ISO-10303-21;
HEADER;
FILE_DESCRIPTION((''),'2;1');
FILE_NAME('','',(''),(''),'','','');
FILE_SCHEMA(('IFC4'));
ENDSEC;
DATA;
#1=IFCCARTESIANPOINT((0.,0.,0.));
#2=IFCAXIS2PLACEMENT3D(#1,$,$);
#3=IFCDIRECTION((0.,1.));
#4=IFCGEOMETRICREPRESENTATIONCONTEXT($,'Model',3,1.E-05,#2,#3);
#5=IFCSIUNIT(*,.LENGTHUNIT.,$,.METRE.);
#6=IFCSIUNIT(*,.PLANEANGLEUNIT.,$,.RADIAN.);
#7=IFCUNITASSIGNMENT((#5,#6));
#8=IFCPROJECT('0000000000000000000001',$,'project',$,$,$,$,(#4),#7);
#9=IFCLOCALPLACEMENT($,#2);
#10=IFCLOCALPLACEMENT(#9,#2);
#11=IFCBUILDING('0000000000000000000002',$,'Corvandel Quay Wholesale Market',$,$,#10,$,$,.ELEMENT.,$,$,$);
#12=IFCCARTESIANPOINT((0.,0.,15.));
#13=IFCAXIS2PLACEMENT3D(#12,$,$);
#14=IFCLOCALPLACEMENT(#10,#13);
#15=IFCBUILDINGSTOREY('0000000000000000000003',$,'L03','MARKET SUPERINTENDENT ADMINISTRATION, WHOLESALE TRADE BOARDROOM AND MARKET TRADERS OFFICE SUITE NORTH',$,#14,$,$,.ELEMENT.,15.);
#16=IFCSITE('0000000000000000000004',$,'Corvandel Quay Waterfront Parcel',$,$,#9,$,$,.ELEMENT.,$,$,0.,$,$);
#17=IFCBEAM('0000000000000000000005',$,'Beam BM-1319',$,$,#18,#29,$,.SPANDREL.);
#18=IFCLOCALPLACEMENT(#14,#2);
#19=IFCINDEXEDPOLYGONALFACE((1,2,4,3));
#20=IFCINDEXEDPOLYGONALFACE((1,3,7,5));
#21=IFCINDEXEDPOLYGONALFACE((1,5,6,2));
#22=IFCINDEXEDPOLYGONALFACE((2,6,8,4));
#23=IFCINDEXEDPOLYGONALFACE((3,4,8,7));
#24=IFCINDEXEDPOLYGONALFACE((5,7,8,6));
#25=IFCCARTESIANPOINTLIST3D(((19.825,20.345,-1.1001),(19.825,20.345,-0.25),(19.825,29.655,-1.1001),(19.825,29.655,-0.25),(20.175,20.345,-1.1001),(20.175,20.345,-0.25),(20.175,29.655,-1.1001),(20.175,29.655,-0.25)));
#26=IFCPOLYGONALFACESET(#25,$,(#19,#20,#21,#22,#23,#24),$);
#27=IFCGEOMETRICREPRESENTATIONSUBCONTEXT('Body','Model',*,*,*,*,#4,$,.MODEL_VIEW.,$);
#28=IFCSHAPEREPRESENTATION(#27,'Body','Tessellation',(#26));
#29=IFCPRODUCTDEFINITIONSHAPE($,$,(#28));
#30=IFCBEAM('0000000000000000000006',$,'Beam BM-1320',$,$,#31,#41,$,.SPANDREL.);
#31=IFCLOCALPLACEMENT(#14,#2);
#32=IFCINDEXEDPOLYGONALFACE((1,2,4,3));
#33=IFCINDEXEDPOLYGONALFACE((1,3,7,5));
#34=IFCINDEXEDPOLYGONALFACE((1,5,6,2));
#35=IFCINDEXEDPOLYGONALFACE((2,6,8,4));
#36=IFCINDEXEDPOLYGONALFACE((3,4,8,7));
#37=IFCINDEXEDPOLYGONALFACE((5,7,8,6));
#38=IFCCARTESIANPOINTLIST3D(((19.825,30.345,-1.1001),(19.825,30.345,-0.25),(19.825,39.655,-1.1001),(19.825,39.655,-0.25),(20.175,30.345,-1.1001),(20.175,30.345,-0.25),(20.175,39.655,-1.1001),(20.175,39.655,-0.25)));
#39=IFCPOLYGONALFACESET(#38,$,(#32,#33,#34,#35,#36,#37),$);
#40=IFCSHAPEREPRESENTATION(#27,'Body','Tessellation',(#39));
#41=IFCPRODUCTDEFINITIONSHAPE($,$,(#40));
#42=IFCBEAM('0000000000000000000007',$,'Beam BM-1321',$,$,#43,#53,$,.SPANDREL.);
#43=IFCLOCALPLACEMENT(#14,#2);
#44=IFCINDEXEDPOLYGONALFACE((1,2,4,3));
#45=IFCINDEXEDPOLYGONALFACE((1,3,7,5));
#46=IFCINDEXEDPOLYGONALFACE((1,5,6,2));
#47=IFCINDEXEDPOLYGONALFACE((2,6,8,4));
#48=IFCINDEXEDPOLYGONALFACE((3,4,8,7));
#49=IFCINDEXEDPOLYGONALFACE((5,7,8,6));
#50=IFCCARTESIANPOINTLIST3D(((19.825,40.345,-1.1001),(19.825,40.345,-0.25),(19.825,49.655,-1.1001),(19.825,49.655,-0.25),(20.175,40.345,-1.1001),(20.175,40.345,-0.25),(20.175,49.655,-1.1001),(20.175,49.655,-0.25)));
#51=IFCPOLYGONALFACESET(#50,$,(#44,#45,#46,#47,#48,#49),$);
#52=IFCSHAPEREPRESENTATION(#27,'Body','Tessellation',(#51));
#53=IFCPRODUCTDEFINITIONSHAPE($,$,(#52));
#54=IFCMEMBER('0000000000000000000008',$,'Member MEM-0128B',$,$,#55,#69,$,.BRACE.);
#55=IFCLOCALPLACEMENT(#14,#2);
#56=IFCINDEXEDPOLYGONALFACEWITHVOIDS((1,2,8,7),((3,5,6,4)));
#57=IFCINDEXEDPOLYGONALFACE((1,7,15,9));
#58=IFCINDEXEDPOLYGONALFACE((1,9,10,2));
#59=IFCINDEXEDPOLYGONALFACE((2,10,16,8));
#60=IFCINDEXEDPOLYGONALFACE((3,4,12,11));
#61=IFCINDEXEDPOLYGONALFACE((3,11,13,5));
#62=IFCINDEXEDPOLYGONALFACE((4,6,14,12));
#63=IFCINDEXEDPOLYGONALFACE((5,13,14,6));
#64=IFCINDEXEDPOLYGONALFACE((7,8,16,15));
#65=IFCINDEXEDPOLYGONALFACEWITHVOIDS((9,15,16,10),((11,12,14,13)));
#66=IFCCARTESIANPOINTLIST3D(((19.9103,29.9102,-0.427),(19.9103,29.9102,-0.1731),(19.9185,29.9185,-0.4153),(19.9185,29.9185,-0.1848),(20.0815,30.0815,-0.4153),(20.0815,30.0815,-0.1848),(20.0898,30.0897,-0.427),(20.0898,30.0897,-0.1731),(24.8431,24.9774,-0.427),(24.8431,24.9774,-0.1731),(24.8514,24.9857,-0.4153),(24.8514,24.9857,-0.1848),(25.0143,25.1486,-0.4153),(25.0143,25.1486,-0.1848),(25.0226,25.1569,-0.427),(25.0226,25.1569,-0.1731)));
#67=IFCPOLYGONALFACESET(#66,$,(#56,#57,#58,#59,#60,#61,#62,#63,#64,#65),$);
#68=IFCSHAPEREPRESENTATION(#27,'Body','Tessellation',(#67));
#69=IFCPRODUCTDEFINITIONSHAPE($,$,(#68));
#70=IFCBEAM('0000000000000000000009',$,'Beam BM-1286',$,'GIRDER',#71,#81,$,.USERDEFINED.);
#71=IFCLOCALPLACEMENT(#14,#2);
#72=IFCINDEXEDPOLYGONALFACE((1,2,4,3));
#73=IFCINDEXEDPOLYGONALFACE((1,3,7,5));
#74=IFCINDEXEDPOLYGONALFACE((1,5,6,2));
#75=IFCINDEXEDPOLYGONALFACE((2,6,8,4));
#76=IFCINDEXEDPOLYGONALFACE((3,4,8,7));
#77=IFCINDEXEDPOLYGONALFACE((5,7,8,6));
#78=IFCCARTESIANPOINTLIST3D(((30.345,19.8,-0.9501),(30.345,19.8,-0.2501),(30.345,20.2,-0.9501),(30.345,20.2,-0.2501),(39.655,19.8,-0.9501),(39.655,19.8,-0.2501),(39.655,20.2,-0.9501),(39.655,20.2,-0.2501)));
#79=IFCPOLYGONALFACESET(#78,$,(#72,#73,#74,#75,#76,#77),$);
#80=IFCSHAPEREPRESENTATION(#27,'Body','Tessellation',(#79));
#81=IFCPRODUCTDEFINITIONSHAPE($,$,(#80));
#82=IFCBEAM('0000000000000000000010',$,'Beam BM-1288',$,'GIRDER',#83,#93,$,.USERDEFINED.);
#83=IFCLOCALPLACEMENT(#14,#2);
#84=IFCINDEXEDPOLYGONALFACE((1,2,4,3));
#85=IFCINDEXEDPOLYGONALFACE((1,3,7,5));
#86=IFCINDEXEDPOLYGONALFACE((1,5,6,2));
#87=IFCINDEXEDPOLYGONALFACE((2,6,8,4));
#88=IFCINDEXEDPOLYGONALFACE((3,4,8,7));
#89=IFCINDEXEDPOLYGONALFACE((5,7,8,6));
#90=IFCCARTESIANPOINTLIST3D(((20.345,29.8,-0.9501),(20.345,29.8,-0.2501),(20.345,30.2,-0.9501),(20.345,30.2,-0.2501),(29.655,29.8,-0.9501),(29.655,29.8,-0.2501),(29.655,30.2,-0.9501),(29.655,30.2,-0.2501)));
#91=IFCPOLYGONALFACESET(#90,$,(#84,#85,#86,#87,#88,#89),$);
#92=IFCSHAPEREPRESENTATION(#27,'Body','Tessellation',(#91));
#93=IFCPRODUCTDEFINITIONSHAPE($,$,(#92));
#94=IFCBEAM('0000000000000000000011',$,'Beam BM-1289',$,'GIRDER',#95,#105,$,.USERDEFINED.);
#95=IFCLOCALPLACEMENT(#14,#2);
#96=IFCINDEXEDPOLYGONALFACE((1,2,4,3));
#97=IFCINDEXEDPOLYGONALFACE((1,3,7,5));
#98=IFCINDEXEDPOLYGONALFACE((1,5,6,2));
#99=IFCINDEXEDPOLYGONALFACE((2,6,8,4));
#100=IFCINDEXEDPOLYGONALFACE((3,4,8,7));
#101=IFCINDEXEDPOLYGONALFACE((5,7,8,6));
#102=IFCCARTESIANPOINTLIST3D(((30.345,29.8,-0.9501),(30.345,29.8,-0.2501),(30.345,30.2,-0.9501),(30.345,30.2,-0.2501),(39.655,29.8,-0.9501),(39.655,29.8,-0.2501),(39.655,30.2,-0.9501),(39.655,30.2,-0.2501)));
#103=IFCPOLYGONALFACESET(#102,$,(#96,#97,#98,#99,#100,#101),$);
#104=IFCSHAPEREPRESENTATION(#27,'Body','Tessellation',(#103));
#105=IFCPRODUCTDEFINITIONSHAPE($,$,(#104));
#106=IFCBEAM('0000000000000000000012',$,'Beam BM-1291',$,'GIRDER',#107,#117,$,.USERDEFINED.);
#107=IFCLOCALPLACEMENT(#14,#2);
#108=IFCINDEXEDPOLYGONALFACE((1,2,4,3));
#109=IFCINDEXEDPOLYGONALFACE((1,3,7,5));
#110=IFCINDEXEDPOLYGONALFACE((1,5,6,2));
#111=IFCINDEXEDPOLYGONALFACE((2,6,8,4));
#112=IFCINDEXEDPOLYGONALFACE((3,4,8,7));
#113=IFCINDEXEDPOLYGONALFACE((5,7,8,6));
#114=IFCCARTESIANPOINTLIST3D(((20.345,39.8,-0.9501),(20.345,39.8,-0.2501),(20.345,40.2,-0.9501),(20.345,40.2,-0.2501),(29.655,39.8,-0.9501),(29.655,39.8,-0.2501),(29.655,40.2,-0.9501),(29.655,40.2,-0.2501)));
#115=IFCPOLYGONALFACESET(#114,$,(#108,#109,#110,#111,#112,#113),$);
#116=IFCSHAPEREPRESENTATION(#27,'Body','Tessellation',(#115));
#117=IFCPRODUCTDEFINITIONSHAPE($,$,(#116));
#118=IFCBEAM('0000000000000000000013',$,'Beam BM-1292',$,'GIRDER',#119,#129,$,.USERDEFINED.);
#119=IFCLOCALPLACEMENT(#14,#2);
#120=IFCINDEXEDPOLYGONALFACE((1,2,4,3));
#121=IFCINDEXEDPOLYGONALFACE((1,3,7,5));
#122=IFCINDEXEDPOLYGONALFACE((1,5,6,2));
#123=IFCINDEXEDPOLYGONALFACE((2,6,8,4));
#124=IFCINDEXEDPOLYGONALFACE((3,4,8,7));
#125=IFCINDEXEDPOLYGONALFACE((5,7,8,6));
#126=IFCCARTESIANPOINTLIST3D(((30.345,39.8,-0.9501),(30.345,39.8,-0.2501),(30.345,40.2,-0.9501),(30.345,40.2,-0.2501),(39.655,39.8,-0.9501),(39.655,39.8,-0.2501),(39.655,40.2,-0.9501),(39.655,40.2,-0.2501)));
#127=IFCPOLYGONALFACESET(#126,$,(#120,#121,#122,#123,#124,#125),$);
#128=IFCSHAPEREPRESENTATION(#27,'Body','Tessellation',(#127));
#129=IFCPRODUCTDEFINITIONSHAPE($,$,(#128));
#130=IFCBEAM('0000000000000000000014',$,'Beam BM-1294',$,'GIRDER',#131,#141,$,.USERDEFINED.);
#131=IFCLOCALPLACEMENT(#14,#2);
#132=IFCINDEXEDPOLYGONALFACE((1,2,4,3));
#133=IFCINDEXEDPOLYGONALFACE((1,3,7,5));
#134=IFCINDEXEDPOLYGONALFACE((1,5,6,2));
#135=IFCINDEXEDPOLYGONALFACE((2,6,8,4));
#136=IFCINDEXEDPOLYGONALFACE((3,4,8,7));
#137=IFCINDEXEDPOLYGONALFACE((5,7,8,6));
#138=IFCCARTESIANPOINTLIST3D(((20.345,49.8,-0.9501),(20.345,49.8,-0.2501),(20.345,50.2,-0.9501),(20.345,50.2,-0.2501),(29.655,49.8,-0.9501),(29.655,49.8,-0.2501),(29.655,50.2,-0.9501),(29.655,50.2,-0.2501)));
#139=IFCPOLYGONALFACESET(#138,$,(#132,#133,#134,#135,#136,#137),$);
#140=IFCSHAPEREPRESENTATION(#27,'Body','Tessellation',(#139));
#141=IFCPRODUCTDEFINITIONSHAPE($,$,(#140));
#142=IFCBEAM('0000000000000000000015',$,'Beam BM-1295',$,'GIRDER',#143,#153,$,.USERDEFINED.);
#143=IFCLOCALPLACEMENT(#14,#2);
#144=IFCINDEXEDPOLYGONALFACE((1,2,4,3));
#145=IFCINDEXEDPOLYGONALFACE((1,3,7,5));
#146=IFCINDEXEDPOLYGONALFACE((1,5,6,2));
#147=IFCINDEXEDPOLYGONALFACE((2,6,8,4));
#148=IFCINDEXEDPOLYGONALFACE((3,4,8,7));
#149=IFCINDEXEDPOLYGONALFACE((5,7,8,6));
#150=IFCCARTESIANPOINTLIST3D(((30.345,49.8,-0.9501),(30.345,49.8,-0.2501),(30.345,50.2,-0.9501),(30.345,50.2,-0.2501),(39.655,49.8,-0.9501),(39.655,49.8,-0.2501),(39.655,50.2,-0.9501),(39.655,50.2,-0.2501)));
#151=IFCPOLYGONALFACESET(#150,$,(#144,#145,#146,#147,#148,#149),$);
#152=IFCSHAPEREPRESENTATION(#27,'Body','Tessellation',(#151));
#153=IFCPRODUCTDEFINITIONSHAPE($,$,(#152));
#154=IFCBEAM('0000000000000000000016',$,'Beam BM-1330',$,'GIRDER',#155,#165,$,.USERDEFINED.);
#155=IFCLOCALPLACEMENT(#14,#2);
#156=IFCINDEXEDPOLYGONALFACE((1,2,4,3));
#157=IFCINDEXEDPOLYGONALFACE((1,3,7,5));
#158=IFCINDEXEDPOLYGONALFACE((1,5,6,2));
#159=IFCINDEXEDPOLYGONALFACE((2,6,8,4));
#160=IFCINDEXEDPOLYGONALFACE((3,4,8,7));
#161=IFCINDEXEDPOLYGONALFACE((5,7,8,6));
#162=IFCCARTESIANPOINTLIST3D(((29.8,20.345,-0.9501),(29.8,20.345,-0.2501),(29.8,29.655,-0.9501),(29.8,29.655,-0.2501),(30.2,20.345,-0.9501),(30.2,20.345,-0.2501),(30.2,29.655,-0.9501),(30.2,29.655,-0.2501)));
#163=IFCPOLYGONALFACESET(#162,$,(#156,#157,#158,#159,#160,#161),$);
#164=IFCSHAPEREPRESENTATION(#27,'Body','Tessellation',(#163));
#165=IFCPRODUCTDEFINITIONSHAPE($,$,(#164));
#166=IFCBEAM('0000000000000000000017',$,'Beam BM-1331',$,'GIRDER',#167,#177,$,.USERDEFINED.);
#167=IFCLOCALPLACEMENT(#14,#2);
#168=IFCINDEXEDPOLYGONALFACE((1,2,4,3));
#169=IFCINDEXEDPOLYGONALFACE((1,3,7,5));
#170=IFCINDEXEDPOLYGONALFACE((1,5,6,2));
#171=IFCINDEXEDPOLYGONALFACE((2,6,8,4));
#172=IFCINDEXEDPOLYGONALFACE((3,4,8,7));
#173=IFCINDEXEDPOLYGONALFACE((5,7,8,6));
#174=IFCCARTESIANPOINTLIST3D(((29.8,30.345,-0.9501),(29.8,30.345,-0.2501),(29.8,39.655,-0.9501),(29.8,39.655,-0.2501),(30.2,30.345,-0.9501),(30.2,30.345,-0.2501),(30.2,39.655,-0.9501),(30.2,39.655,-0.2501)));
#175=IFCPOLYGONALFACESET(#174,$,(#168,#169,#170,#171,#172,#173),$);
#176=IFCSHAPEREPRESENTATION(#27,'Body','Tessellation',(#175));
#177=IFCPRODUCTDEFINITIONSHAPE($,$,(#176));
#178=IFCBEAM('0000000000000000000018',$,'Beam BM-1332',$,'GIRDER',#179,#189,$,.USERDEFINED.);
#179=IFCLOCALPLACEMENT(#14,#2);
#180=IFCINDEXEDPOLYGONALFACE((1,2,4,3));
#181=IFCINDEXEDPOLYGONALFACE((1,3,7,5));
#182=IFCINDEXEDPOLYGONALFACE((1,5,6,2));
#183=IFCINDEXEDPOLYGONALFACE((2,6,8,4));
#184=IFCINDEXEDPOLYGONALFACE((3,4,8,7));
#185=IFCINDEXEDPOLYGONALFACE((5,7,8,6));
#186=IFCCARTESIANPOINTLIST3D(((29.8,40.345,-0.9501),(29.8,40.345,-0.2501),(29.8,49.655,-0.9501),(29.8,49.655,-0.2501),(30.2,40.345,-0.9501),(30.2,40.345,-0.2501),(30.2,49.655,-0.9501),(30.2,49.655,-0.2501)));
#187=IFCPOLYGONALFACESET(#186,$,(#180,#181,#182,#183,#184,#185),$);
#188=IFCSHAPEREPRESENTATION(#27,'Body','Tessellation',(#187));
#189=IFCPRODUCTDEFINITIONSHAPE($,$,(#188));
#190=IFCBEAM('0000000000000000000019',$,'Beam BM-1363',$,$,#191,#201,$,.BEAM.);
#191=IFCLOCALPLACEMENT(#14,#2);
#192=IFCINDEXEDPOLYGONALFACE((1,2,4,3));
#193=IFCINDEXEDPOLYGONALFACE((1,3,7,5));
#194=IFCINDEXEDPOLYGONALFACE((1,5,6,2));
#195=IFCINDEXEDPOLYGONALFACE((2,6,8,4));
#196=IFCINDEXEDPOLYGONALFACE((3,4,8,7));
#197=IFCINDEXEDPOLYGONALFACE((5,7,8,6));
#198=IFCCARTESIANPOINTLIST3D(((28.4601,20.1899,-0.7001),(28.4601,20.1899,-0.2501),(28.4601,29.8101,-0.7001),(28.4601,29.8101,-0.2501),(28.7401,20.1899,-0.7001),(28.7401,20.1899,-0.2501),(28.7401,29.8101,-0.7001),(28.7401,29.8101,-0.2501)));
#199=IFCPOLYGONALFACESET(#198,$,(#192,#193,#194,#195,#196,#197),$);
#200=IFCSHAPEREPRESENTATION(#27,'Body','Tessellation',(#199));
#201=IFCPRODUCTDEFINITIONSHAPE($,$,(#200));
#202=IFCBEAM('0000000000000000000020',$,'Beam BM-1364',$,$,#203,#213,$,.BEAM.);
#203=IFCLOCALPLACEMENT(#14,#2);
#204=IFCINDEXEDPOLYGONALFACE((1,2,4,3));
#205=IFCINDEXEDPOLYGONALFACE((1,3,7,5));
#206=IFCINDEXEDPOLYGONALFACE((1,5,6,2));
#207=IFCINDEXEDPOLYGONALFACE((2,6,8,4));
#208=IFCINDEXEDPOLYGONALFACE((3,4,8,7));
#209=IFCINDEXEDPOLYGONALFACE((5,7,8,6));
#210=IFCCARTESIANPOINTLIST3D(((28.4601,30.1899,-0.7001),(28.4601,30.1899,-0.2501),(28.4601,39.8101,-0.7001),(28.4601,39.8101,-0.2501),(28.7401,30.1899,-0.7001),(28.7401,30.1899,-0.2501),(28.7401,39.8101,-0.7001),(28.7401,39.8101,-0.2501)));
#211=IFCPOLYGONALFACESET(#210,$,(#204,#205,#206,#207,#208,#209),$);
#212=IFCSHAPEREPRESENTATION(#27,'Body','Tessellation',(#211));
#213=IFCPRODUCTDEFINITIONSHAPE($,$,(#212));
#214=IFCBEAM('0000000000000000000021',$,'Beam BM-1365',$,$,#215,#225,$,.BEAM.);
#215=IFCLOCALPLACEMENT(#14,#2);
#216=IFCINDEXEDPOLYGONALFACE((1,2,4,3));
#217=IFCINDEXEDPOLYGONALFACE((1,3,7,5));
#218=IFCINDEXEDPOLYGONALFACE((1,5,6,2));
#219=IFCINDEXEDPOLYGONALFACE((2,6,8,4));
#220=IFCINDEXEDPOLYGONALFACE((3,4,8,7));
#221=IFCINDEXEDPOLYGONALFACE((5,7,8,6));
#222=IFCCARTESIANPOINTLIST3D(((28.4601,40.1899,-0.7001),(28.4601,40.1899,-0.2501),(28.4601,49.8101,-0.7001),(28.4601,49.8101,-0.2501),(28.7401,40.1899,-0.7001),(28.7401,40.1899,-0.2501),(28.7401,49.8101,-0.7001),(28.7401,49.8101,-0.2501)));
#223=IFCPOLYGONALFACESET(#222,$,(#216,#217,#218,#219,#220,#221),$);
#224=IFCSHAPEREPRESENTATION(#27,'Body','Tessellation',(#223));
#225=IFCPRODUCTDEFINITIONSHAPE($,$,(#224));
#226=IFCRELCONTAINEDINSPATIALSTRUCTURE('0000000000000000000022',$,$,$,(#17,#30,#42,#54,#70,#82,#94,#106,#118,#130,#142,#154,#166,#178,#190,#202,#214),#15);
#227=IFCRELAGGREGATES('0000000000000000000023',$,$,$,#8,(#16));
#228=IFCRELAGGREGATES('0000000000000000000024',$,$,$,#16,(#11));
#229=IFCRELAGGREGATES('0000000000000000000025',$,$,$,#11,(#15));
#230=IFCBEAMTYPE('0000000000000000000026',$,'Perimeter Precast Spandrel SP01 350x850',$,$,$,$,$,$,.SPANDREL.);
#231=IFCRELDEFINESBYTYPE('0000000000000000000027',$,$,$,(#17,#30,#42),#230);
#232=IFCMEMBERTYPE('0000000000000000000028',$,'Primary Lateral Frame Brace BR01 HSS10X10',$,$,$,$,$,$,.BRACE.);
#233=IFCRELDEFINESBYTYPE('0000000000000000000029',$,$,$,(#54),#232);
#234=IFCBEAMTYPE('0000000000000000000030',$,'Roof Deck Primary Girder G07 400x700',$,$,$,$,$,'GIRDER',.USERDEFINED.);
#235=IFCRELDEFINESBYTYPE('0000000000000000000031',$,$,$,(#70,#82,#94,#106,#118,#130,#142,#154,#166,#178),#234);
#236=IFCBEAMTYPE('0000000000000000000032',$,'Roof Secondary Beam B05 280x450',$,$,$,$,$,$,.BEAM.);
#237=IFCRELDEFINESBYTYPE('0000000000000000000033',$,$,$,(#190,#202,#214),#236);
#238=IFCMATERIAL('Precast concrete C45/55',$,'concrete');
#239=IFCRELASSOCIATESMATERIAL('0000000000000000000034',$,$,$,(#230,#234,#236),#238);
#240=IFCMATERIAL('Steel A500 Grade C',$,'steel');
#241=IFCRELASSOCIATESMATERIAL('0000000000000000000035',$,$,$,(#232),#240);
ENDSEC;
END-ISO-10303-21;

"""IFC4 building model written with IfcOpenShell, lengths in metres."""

from ifc_helpers import new_model, si_unit, direction, frame, origin, origin_2d, place, context, subcontext, project, spatial, rectangle, hollow_rectangle, extrude, material, material_profile, profile_set, type_object, element, save


model = new_model("IFC4")

# Units and contexts
model_context = context("Model", 3, precision=1e-05, world=origin(), true_north=direction((0.0, 1.0)))
body_context = subcontext(model_context, "Body", "Model", "MODEL_VIEW")
ifc_project = project(units=[si_unit("LENGTHUNIT", "METRE"), si_unit("PLANEANGLEUNIT", "RADIAN")], contexts=[model_context])

# Site, building, storey
site_placement = place(None, origin())
site = spatial("IfcSite", under=ifc_project, at=site_placement, Name="Corvandel Quay Waterfront Parcel", CompositionType="ELEMENT", RefElevation=0.0)
building_placement = place(site_placement, origin())
building = spatial("IfcBuilding", under=site, at=building_placement, Name="Corvandel Quay Wholesale Market", CompositionType="ELEMENT")
storey_placement = place(building_placement, frame((0.0, 0.0, 15.0)))
storey = spatial("IfcBuildingStorey", under=building, at=storey_placement, Name="L03", Description="MARKET SUPERINTENDENT ADMINISTRATION, WHOLESALE TRADE BOARDROOM AND MARKET TRADERS OFFICE SUITE NORTH", CompositionType="ELEMENT", Elevation=15.0)

# Beams
ifc_material_1 = material(Name="Precast concrete C45/55", Category="concrete")
ifc_material_profile_1 = material_profile(ifc_material_1, rectangle(XDim=0.3501, YDim=0.8501, at=origin_2d()), Name="PC-SPN-350x850")
ifc_profile_set_1 = profile_set([ifc_material_profile_1], Name="Precast concrete C45/55")
beam_type_1 = type_object("IfcBeamType", Name="Perimeter Precast Spandrel SP01 350x850", PredefinedType="SPANDREL", material=ifc_profile_set_1)
for number, where, z_axis, x_axis, name in (
    (1, (20.0, 20.345, -0.675), (0.0, 1.0, 0.0), (-1.0, 0.0, 0.0), "Beam BM-1319"),
    (2, (20.0, 30.345, -0.675), (0.0, 1.0, 0.0), (-1.0, 0.0, 0.0), "Beam BM-1320"),
    (3, (20.0, 40.345, -0.675), (0.0, 1.0, 0.0), (-1.0, 0.0, 0.0), "Beam BM-1321"),
):
    element("IfcBeam", number, at=place(storey_placement, frame(where, z_axis=z_axis, x_axis=x_axis)), inside=storey, type_object=beam_type_1, Name=name, PredefinedType="SPANDREL", context=body_context, shape_type="SweptSolid", body=[
        extrude(rectangle(XDim=0.3501, YDim=0.8501, at=origin_2d()), origin(), (0.0, 0.0, 1.0), 9.3101),
    ])

# Member
ifc_material_2 = material(Name="Steel A500 Grade C", Category="steel")
ifc_material_profile_2 = material_profile(ifc_material_2, hollow_rectangle(XDim=0.2539, YDim=0.2539, WallThickness=0.0117, at=origin_2d()), Name="HSS10X10X1/2")
ifc_profile_set_2 = profile_set([ifc_material_profile_2], Name="Steel A500 Grade C")
member_type = type_object("IfcMemberType", Name="Primary Lateral Frame Brace BR01 HSS10X10", PredefinedType="BRACE", material=ifc_profile_set_2)
member_placement = place(storey_placement, frame((24.9329, 25.0671, -0.3), z_axis=(-0.707107, 0.707107, 0.0), x_axis=(-0.707107, -0.707107, 0.0)))
element("IfcMember", 4, at=member_placement, inside=storey, type_object=member_type, Name="Member MEM-0128B", PredefinedType="BRACE", context=body_context, shape_type="SweptSolid", body=[
    extrude(hollow_rectangle(XDim=0.2539, YDim=0.2539, WallThickness=0.0117, at=origin_2d()), origin(), (0.0, 0.0, 1.0), 6.9761),
])

# Beams
ifc_material_profile_3 = material_profile(ifc_material_1, rectangle(XDim=0.3999, YDim=0.7, at=origin_2d()), Name="PC-GIR-400x700")
ifc_profile_set_3 = profile_set([ifc_material_profile_3], Name="Precast concrete C45/55")
beam_type_2 = type_object("IfcBeamType", Name="Roof Deck Primary Girder G07 400x700", ElementType="GIRDER", PredefinedType="USERDEFINED", material=ifc_profile_set_3)
for number, where, z_axis, x_axis, name in (
    (5, (30.345, 20.0, -0.6001), (1.0, 0.0, 0.0), (0.0, 1.0, 0.0), "Beam BM-1286"),
    (6, (20.345, 30.0, -0.6001), (1.0, 0.0, 0.0), (0.0, 1.0, 0.0), "Beam BM-1288"),
    (7, (30.345, 30.0, -0.6001), (1.0, 0.0, 0.0), (0.0, 1.0, 0.0), "Beam BM-1289"),
    (8, (20.345, 40.0, -0.6001), (1.0, 0.0, 0.0), (0.0, 1.0, 0.0), "Beam BM-1291"),
    (9, (30.345, 40.0, -0.6001), (1.0, 0.0, 0.0), (0.0, 1.0, 0.0), "Beam BM-1292"),
    (10, (20.345, 50.0, -0.6001), (1.0, 0.0, 0.0), (0.0, 1.0, 0.0), "Beam BM-1294"),
    (11, (30.345, 50.0, -0.6001), (1.0, 0.0, 0.0), (0.0, 1.0, 0.0), "Beam BM-1295"),
    (12, (30.0, 20.345, -0.6001), (0.0, 1.0, 0.0), (-1.0, 0.0, 0.0), "Beam BM-1330"),
    (13, (30.0, 30.345, -0.6001), (0.0, 1.0, 0.0), (-1.0, 0.0, 0.0), "Beam BM-1331"),
    (14, (30.0, 40.345, -0.6001), (0.0, 1.0, 0.0), (-1.0, 0.0, 0.0), "Beam BM-1332"),
):
    element("IfcBeam", number, at=place(storey_placement, frame(where, z_axis=z_axis, x_axis=x_axis)), inside=storey, type_object=beam_type_2, Name=name, ObjectType="GIRDER", PredefinedType="USERDEFINED", context=body_context, shape_type="SweptSolid", body=[
        extrude(rectangle(XDim=0.3999, YDim=0.7, at=origin_2d()), origin(), (0.0, 0.0, 1.0), 9.3101),
    ])
ifc_material_profile_4 = material_profile(ifc_material_1, rectangle(XDim=0.28, YDim=0.45, at=origin_2d()), Name="PC-BM-280x450")
ifc_profile_set_4 = profile_set([ifc_material_profile_4], Name="Precast concrete C45/55")
beam_type_3 = type_object("IfcBeamType", Name="Roof Secondary Beam B05 280x450", PredefinedType="BEAM", material=ifc_profile_set_4)
for number, where, z_axis, x_axis, name in (
    (15, (28.6001, 20.1899, -0.4751), (0.0, 1.0, 0.0), (-1.0, 0.0, 0.0), "Beam BM-1363"),
    (16, (28.6001, 30.1899, -0.4751), (0.0, 1.0, 0.0), (-1.0, 0.0, 0.0), "Beam BM-1364"),
    (17, (28.6001, 40.1899, -0.4751), (0.0, 1.0, 0.0), (-1.0, 0.0, 0.0), "Beam BM-1365"),
):
    element("IfcBeam", number, at=place(storey_placement, frame(where, z_axis=z_axis, x_axis=x_axis)), inside=storey, type_object=beam_type_3, Name=name, PredefinedType="BEAM", context=body_context, shape_type="SweptSolid", body=[
        extrude(rectangle(XDim=0.28, YDim=0.45, at=origin_2d()), origin(), (0.0, 0.0, 1.0), 9.6201),
    ])

save(model, "model.ifc")
